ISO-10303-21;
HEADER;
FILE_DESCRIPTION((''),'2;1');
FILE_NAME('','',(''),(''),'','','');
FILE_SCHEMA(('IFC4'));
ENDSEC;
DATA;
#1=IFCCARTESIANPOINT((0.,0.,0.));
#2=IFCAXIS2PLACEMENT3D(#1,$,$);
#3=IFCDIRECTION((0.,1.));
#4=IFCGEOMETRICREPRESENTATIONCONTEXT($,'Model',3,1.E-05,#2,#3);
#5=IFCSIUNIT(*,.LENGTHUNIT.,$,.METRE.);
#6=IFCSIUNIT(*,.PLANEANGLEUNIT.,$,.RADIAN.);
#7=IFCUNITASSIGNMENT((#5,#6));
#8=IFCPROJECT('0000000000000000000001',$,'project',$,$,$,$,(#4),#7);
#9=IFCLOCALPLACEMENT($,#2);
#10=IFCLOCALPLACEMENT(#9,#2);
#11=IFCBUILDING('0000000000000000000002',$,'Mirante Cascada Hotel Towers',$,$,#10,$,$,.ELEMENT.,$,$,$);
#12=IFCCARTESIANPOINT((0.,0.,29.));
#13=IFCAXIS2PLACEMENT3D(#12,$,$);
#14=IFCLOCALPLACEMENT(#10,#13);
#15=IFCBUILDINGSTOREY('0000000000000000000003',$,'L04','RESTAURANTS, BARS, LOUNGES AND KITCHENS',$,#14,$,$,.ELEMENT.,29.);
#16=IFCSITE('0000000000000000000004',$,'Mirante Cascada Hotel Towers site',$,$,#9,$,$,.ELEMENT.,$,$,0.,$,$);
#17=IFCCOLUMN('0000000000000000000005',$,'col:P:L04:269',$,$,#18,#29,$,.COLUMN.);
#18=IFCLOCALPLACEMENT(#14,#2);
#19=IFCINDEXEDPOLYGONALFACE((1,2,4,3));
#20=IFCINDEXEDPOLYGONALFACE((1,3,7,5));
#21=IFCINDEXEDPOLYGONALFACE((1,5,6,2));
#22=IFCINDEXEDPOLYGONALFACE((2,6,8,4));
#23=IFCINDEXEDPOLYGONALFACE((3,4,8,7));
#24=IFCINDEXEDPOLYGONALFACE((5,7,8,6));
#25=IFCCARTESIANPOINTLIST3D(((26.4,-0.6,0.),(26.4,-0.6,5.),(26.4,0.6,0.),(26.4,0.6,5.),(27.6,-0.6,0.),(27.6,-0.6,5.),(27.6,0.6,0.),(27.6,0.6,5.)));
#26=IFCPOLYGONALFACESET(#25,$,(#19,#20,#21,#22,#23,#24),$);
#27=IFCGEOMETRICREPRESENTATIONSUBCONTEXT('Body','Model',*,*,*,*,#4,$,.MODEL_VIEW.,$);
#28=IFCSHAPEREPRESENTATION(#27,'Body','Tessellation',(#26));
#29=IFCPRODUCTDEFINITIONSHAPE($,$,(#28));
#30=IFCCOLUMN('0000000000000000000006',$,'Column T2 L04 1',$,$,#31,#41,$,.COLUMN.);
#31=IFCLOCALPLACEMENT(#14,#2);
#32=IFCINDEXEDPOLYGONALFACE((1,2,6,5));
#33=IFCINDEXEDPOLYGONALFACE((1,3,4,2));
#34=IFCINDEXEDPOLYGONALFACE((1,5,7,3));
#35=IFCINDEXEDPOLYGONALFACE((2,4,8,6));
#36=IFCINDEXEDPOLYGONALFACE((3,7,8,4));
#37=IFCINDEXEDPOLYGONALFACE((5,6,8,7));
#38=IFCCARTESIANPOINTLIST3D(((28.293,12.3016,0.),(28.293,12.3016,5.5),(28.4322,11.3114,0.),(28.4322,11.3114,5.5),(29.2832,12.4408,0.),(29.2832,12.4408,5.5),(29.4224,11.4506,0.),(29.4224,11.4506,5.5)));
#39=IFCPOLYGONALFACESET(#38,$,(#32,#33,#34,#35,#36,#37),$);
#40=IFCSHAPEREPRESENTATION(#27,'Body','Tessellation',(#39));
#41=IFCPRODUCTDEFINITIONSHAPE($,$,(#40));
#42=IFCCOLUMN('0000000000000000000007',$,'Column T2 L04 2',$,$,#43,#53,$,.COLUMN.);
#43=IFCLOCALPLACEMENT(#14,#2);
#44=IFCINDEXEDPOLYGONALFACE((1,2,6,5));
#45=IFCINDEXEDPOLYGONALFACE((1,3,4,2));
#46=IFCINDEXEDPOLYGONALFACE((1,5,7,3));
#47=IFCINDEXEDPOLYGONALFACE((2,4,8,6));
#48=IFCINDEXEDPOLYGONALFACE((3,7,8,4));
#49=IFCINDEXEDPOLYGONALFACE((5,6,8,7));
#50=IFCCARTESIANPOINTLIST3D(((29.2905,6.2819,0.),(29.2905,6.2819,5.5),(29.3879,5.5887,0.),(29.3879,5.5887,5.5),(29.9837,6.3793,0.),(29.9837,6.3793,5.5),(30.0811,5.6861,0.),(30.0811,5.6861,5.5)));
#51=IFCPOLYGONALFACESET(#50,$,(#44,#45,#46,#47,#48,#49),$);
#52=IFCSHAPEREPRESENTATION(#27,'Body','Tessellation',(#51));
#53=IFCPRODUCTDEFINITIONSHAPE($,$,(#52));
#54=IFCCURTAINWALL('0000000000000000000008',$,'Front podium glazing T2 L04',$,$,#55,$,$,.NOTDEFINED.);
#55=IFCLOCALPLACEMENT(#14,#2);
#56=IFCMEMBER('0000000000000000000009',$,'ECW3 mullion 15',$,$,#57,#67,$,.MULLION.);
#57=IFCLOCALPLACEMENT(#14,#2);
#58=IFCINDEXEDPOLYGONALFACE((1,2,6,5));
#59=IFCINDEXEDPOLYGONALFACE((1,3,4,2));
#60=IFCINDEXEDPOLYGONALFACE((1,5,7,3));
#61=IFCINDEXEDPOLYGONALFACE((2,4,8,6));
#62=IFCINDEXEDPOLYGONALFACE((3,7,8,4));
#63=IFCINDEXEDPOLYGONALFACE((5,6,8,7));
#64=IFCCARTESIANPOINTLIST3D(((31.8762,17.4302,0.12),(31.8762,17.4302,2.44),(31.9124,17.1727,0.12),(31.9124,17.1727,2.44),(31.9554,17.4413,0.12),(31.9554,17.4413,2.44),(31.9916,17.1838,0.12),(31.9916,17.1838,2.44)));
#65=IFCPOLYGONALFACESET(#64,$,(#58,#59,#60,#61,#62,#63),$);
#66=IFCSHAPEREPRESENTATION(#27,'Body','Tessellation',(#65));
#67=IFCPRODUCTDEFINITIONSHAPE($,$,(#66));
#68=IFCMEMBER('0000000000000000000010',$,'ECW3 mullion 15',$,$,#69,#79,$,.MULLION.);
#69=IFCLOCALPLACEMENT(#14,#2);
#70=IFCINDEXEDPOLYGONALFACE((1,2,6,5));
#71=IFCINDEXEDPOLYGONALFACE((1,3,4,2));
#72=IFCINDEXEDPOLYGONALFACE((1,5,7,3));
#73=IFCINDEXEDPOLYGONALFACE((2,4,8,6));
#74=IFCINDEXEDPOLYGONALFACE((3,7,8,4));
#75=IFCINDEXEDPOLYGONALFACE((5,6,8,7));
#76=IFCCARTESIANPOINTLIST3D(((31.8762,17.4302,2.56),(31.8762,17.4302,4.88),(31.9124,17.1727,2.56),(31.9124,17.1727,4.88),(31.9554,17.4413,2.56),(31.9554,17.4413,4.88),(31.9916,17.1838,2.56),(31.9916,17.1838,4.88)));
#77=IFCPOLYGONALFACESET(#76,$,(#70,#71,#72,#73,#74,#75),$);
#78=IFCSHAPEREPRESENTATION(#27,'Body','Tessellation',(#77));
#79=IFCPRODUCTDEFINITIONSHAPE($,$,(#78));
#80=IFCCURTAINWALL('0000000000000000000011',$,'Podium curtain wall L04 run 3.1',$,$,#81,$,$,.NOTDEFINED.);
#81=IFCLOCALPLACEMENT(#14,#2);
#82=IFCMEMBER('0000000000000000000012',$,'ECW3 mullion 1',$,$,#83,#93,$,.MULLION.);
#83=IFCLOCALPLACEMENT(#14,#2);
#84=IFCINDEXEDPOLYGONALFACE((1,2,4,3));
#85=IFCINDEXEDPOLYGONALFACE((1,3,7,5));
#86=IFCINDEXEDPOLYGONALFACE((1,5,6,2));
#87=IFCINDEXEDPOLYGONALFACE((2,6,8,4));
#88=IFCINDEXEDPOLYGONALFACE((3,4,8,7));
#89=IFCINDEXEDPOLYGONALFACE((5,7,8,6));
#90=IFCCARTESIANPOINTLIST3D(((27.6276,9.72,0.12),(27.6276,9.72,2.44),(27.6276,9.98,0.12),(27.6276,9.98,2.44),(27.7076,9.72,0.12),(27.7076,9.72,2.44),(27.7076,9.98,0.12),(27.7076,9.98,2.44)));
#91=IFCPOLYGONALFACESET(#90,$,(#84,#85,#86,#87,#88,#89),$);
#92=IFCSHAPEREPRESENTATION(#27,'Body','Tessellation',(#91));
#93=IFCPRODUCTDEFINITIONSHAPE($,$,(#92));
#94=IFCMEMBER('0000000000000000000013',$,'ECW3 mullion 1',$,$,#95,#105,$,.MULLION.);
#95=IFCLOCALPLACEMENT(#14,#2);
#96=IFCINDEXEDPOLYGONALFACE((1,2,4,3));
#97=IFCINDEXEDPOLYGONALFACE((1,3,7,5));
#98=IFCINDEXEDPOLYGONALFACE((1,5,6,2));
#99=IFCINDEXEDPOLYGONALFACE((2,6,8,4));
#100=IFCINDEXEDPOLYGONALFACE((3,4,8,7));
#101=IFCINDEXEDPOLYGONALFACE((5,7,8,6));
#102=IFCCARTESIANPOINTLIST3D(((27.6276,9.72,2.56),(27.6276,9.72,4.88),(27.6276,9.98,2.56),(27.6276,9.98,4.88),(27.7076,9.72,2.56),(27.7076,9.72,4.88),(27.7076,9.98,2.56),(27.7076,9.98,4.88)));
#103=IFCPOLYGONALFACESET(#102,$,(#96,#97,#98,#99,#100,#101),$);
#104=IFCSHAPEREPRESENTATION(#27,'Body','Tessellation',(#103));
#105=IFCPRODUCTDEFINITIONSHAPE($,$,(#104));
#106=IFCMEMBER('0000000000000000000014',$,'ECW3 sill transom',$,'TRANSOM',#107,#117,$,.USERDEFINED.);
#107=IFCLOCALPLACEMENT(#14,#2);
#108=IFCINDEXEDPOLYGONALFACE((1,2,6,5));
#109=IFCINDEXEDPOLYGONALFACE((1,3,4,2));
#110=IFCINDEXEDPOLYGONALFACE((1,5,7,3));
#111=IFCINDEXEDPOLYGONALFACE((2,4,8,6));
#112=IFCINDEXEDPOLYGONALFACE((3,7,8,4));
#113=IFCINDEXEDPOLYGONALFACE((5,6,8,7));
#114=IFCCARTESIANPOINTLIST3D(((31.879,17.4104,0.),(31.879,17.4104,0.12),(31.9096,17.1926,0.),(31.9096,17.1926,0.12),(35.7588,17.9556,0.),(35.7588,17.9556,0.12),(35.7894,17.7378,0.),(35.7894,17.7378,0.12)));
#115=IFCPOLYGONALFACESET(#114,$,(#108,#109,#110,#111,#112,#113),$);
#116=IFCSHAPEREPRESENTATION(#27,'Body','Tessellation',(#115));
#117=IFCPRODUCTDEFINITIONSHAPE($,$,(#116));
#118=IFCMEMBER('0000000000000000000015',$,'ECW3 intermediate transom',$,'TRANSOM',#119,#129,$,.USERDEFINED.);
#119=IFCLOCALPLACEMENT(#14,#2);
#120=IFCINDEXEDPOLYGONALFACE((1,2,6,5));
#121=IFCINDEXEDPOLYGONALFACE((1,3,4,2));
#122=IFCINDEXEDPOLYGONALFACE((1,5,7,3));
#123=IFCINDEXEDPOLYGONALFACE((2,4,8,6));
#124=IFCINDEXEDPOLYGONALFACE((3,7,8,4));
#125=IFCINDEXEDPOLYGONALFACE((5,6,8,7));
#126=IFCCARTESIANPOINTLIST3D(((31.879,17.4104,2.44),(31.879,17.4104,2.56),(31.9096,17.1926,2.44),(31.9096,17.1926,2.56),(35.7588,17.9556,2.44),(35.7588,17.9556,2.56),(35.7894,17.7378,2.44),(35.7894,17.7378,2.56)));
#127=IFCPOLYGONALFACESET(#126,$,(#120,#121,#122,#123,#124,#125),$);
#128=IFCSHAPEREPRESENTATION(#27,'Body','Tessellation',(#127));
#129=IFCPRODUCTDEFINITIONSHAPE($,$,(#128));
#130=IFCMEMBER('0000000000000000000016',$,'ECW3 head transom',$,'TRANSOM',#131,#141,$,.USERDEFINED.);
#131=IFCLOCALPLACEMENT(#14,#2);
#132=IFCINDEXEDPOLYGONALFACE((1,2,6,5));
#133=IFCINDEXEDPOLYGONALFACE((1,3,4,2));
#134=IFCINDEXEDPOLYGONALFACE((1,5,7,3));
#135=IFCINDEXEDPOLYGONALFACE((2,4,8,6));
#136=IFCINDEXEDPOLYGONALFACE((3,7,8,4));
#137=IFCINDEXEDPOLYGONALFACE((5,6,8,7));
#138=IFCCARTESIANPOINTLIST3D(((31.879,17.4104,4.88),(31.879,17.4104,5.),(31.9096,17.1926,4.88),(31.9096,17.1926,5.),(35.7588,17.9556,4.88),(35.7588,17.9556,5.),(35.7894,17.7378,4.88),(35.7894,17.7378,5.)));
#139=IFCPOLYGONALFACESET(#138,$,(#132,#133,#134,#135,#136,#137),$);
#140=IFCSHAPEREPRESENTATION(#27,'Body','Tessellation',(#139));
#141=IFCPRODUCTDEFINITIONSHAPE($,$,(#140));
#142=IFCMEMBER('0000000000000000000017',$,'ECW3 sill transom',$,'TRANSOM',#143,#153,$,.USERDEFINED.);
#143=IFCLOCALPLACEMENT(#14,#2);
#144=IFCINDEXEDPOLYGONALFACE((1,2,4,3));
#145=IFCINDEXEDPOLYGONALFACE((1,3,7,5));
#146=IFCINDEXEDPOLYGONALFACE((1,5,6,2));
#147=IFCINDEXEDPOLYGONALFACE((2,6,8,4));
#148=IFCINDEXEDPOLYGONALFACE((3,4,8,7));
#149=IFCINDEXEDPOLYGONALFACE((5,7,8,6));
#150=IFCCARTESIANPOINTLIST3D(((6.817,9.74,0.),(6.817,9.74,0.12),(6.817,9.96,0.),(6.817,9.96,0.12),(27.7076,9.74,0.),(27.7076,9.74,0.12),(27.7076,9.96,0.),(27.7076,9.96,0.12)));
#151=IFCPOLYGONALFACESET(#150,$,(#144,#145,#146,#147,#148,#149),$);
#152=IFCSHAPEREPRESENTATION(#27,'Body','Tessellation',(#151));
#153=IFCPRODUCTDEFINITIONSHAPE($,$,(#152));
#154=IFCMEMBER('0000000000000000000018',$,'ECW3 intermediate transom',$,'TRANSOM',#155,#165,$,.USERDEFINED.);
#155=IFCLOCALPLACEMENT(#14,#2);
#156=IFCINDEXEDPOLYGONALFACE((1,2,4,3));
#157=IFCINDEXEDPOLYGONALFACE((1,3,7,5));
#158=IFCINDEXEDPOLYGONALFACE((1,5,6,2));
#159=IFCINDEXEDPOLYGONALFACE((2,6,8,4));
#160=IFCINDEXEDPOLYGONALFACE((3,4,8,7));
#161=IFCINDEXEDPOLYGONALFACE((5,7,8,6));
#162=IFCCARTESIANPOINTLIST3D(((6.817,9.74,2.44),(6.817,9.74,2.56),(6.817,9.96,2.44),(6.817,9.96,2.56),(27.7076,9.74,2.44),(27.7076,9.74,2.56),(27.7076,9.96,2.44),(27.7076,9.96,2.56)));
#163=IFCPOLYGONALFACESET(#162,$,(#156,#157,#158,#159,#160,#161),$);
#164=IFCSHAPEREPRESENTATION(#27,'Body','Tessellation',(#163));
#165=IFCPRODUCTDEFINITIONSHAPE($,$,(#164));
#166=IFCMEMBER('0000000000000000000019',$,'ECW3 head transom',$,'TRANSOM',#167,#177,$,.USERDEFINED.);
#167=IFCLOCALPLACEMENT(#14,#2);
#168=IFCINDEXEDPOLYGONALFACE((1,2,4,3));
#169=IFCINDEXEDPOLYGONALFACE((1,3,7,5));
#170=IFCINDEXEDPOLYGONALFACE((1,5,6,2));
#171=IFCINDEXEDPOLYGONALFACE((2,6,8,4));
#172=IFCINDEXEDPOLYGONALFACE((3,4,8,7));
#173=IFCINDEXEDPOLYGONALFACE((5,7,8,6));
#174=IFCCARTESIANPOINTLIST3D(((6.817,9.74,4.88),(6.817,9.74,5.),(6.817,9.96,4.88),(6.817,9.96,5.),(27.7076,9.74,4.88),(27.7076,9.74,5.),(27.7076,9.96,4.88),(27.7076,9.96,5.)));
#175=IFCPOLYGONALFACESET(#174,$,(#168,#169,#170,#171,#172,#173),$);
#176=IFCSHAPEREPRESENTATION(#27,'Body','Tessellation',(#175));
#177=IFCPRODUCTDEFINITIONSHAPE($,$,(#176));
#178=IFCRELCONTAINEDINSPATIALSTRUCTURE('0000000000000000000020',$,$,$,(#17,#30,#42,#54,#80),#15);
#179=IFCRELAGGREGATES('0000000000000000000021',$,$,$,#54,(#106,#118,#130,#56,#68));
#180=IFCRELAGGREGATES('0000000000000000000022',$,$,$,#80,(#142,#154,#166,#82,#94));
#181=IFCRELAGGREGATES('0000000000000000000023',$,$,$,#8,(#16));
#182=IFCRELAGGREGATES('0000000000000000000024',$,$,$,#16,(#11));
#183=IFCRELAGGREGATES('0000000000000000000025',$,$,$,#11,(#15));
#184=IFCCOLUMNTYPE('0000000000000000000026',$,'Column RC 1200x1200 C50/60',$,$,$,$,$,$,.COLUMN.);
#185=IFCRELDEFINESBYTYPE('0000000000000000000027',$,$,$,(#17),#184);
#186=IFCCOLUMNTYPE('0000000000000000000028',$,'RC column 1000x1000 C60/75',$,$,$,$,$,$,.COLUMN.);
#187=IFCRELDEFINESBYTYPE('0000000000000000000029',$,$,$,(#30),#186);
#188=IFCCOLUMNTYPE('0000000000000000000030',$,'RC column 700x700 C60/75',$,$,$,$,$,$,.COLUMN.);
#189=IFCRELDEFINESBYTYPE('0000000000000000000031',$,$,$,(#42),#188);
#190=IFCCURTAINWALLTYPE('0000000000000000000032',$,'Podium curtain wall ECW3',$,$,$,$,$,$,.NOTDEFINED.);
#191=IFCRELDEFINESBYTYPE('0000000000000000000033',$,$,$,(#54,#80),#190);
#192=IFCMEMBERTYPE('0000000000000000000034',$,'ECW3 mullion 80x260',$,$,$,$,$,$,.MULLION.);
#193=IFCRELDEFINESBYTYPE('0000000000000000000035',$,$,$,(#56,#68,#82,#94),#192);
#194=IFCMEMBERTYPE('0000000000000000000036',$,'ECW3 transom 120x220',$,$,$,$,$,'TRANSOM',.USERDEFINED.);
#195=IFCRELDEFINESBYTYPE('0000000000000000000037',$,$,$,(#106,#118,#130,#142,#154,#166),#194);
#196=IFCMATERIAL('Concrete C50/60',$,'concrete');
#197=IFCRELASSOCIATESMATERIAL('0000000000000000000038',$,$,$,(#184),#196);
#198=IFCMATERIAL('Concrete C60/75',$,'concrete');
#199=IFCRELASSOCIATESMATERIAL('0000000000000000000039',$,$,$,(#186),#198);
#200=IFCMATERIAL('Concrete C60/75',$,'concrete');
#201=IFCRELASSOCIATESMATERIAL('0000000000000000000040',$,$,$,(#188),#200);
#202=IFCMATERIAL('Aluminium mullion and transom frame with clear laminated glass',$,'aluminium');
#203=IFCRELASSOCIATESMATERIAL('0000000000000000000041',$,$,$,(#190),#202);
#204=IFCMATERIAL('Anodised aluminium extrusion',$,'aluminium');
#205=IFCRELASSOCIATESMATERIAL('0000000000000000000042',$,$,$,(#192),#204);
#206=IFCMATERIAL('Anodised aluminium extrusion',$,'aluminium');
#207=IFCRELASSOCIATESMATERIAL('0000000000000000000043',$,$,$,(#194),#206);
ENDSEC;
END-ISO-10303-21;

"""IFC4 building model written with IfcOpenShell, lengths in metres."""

from ifc_helpers import new_model, si_unit, direction, frame, origin, origin_2d, place, context, subcontext, project, spatial, rectangle, extrude, material, material_profile, profile_set, type_object, element, aggregate, save


model = new_model("IFC4")

# Units and contexts
model_context = context("Model", 3, precision=1e-05, world=origin(), true_north=direction((0.0, 1.0)))
body_context = subcontext(model_context, "Body", "Model", "MODEL_VIEW")
ifc_project = project(units=[si_unit("LENGTHUNIT", "METRE"), si_unit("PLANEANGLEUNIT", "RADIAN")], contexts=[model_context])

# Site, building, storey
site_placement = place(None, origin())
site = spatial("IfcSite", under=ifc_project, at=site_placement, Name="Mirante Cascada Hotel Towers site", CompositionType="ELEMENT", RefElevation=0.0)
building_placement = place(site_placement, origin())
building = spatial("IfcBuilding", under=site, at=building_placement, Name="Mirante Cascada Hotel Towers", CompositionType="ELEMENT")
storey_placement = place(building_placement, frame((0.0, 0.0, 29.0)))
storey = spatial("IfcBuildingStorey", under=building, at=storey_placement, Name="L04", Description="RESTAURANTS, BARS, LOUNGES AND KITCHENS", CompositionType="ELEMENT", Elevation=29.0)

# Columns
ifc_material_1 = material(Name="Concrete C50/60", Category="concrete")
ifc_material_profile_1 = material_profile(ifc_material_1, rectangle(XDim=1.2, YDim=1.2, at=origin_2d()), Name="RC 1200x1200")
ifc_profile_set_1 = profile_set([ifc_material_profile_1], Name="Concrete C50/60")
column_type_1 = type_object("IfcColumnType", Name="Column RC 1200x1200 C50/60", PredefinedType="COLUMN", material=ifc_profile_set_1)
column_1_placement = place(storey_placement, frame((27.0, 0.0, 0.0), z_axis=(0.0, 0.0, 1.0), x_axis=(1.0, 0.0, 0.0)))
element("IfcColumn", 1, at=column_1_placement, inside=storey, type_object=column_type_1, Name="col:P:L04:269", PredefinedType="COLUMN", context=body_context, shape_type="SweptSolid", body=[
    extrude(rectangle(XDim=1.2, YDim=1.2, at=origin_2d()), origin(), (0.0, 0.0, 1.0), 5.0),
])
ifc_material_2 = material(Name="Concrete C60/75", Category="concrete")
ifc_material_profile_2 = material_profile(ifc_material_2, rectangle(XDim=1.0, YDim=1.0, at=origin_2d()), Name="RC column 1000x1000 C60/75")
ifc_profile_set_2 = profile_set([ifc_material_profile_2], Name="Concrete C60/75")
column_type_2 = type_object("IfcColumnType", Name="RC column 1000x1000 C60/75", PredefinedType="COLUMN", material=ifc_profile_set_2)
column_2_placement = place(storey_placement, frame((28.8577, 11.8761, 0.0), z_axis=(0.0, 0.0, 1.0), x_axis=(0.990268, 0.139173, 0.0)))
element("IfcColumn", 2, at=column_2_placement, inside=storey, type_object=column_type_2, Name="Column T2 L04 1", PredefinedType="COLUMN", context=body_context, shape_type="SweptSolid", body=[
    extrude(rectangle(XDim=1.0, YDim=1.0, at=origin_2d()), origin(), (0.0, 0.0, 1.0), 5.5),
])
ifc_material_3 = material(Name="Concrete C60/75", Category="concrete")
ifc_material_profile_3 = material_profile(ifc_material_3, rectangle(XDim=0.7, YDim=0.7, at=origin_2d()), Name="RC column 700x700 C60/75")
ifc_profile_set_3 = profile_set([ifc_material_profile_3], Name="Concrete C60/75")
column_type_3 = type_object("IfcColumnType", Name="RC column 700x700 C60/75", PredefinedType="COLUMN", material=ifc_profile_set_3)
column_3_placement = place(storey_placement, frame((29.6858, 5.984, 0.0), z_axis=(0.0, 0.0, 1.0), x_axis=(0.990268, 0.139173, 0.0)))
element("IfcColumn", 3, at=column_3_placement, inside=storey, type_object=column_type_3, Name="Column T2 L04 2", PredefinedType="COLUMN", context=body_context, shape_type="SweptSolid", body=[
    extrude(rectangle(XDim=0.7, YDim=0.7, at=origin_2d()), origin(), (0.0, 0.0, 1.0), 5.5),
])

# Curtain walls, members
ifc_material_4 = material(Name="Aluminium mullion and transom frame with clear laminated glass", Category="aluminium")
curtain_wall_type = type_object("IfcCurtainWallType", Name="Podium curtain wall ECW3", PredefinedType="NOTDEFINED", material=ifc_material_4)
curtain_wall_1_placement = place(storey_placement, origin())
curtain_wall_1 = element("IfcCurtainWall", 4, at=curtain_wall_1_placement, inside=storey, type_object=curtain_wall_type, Name="Front podium glazing T2 L04", PredefinedType="NOTDEFINED")
ifc_material_5 = material(Name="Anodised aluminium extrusion", Category="aluminium")
ifc_material_profile_4 = material_profile(ifc_material_5, rectangle(XDim=0.26, YDim=0.08, at=origin_2d()), Name="ECW3 MULLION 80x260")
ifc_profile_set_4 = profile_set([ifc_material_profile_4], Name="Anodised aluminium extrusion")
member_type_1 = type_object("IfcMemberType", Name="ECW3 mullion 80x260", PredefinedType="MULLION", material=ifc_profile_set_4)
member_1_placement = place(storey_placement, frame((31.9339, 17.307, 0.12), z_axis=(0.0, 0.0, 1.0), x_axis=(0.139173, -0.990268, 0.0)))
member_1 = element("IfcMember", 5, at=member_1_placement, type_object=member_type_1, Name="ECW3 mullion 15", PredefinedType="MULLION", context=body_context, shape_type="SweptSolid", body=[
    extrude(rectangle(XDim=0.26, YDim=0.08, at=origin_2d()), origin(), (0.0, 0.0, 1.0), 2.32),
])
member_2_placement = place(storey_placement, frame((31.9339, 17.307, 2.56), z_axis=(0.0, 0.0, 1.0), x_axis=(0.139173, -0.990268, 0.0)))
member_2 = element("IfcMember", 6, at=member_2_placement, type_object=member_type_1, Name="ECW3 mullion 15", PredefinedType="MULLION", context=body_context, shape_type="SweptSolid", body=[
    extrude(rectangle(XDim=0.26, YDim=0.08, at=origin_2d()), origin(), (0.0, 0.0, 1.0), 2.32),
])
curtain_wall_2_placement = place(storey_placement, origin())
curtain_wall_2 = element("IfcCurtainWall", 7, at=curtain_wall_2_placement, inside=storey, type_object=curtain_wall_type, Name="Podium curtain wall L04 run 3.1", PredefinedType="NOTDEFINED")
member_3_placement = place(storey_placement, frame((27.6676, 9.85, 0.12), z_axis=(0.0, 0.0, 1.0), x_axis=(0.0, -1.0, 0.0)))
member_3 = element("IfcMember", 8, at=member_3_placement, type_object=member_type_1, Name="ECW3 mullion 1", PredefinedType="MULLION", context=body_context, shape_type="SweptSolid", body=[
    extrude(rectangle(XDim=0.26, YDim=0.08, at=origin_2d()), origin(), (0.0, 0.0, 1.0), 2.32),
])
member_4_placement = place(storey_placement, frame((27.6676, 9.85, 2.56), z_axis=(0.0, 0.0, 1.0), x_axis=(0.0, -1.0, 0.0)))
member_4 = element("IfcMember", 9, at=member_4_placement, type_object=member_type_1, Name="ECW3 mullion 1", PredefinedType="MULLION", context=body_context, shape_type="SweptSolid", body=[
    extrude(rectangle(XDim=0.26, YDim=0.08, at=origin_2d()), origin(), (0.0, 0.0, 1.0), 2.32),
])

# Members
ifc_material_6 = material(Name="Anodised aluminium extrusion", Category="aluminium")
ifc_material_profile_5 = material_profile(ifc_material_6, rectangle(XDim=0.22, YDim=0.12, at=origin_2d()), Name="ECW3 TRANSOM 120x220")
ifc_profile_set_5 = profile_set([ifc_material_profile_5], Name="Anodised aluminium extrusion")
member_type_2 = type_object("IfcMemberType", Name="ECW3 transom 120x220", ElementType="TRANSOM", PredefinedType="USERDEFINED", material=ifc_profile_set_5)
member_5_placement = place(storey_placement, frame((35.7741, 17.8467, 0.06), z_axis=(-0.990271, -0.139155, 0.0), x_axis=(0.139155, -0.990271, 0.0)))
member_5 = element("IfcMember", 10, at=member_5_placement, type_object=member_type_2, Name="ECW3 sill transom", ObjectType="TRANSOM", PredefinedType="USERDEFINED", context=body_context, shape_type="SweptSolid", body=[
    extrude(rectangle(XDim=0.22, YDim=0.12, at=origin_2d()), origin(), (0.0, 0.0, 1.0), 3.9179),
])
member_6_placement = place(storey_placement, frame((35.7741, 17.8467, 2.5), z_axis=(-0.990271, -0.139155, 0.0), x_axis=(0.139155, -0.990271, 0.0)))
member_6 = element("IfcMember", 11, at=member_6_placement, type_object=member_type_2, Name="ECW3 intermediate transom", ObjectType="TRANSOM", PredefinedType="USERDEFINED", context=body_context, shape_type="SweptSolid", body=[
    extrude(rectangle(XDim=0.22, YDim=0.12, at=origin_2d()), origin(), (0.0, 0.0, 1.0), 3.9179),
])
member_7_placement = place(storey_placement, frame((35.7741, 17.8467, 4.94), z_axis=(-0.990271, -0.139155, 0.0), x_axis=(0.139155, -0.990271, 0.0)))
member_7 = element("IfcMember", 12, at=member_7_placement, type_object=member_type_2, Name="ECW3 head transom", ObjectType="TRANSOM", PredefinedType="USERDEFINED", context=body_context, shape_type="SweptSolid", body=[
    extrude(rectangle(XDim=0.22, YDim=0.12, at=origin_2d()), origin(), (0.0, 0.0, 1.0), 3.9179),
])
member_8_placement = place(storey_placement, frame((27.7076, 9.85, 0.06), z_axis=(-1.0, 0.0, 0.0), x_axis=(0.0, -1.0, 0.0)))
member_8 = element("IfcMember", 13, at=member_8_placement, type_object=member_type_2, Name="ECW3 sill transom", ObjectType="TRANSOM", PredefinedType="USERDEFINED", context=body_context, shape_type="SweptSolid", body=[
    extrude(rectangle(XDim=0.22, YDim=0.12, at=origin_2d()), origin(), (0.0, 0.0, 1.0), 20.8906),
])
member_9_placement = place(storey_placement, frame((27.7076, 9.85, 2.5), z_axis=(-1.0, 0.0, 0.0), x_axis=(0.0, -1.0, 0.0)))
member_9 = element("IfcMember", 14, at=member_9_placement, type_object=member_type_2, Name="ECW3 intermediate transom", ObjectType="TRANSOM", PredefinedType="USERDEFINED", context=body_context, shape_type="SweptSolid", body=[
    extrude(rectangle(XDim=0.22, YDim=0.12, at=origin_2d()), origin(), (0.0, 0.0, 1.0), 20.8906),
])
member_10_placement = place(storey_placement, frame((27.7076, 9.85, 4.94), z_axis=(-1.0, 0.0, 0.0), x_axis=(0.0, -1.0, 0.0)))
member_10 = element("IfcMember", 15, at=member_10_placement, type_object=member_type_2, Name="ECW3 head transom", ObjectType="TRANSOM", PredefinedType="USERDEFINED", context=body_context, shape_type="SweptSolid", body=[
    extrude(rectangle(XDim=0.22, YDim=0.12, at=origin_2d()), origin(), (0.0, 0.0, 1.0), 20.8906),
])

aggregate(curtain_wall_1, [member_5, member_6, member_7, member_1, member_2])
aggregate(curtain_wall_2, [member_8, member_9, member_10, member_3, member_4])

save(model, "model.ifc")
